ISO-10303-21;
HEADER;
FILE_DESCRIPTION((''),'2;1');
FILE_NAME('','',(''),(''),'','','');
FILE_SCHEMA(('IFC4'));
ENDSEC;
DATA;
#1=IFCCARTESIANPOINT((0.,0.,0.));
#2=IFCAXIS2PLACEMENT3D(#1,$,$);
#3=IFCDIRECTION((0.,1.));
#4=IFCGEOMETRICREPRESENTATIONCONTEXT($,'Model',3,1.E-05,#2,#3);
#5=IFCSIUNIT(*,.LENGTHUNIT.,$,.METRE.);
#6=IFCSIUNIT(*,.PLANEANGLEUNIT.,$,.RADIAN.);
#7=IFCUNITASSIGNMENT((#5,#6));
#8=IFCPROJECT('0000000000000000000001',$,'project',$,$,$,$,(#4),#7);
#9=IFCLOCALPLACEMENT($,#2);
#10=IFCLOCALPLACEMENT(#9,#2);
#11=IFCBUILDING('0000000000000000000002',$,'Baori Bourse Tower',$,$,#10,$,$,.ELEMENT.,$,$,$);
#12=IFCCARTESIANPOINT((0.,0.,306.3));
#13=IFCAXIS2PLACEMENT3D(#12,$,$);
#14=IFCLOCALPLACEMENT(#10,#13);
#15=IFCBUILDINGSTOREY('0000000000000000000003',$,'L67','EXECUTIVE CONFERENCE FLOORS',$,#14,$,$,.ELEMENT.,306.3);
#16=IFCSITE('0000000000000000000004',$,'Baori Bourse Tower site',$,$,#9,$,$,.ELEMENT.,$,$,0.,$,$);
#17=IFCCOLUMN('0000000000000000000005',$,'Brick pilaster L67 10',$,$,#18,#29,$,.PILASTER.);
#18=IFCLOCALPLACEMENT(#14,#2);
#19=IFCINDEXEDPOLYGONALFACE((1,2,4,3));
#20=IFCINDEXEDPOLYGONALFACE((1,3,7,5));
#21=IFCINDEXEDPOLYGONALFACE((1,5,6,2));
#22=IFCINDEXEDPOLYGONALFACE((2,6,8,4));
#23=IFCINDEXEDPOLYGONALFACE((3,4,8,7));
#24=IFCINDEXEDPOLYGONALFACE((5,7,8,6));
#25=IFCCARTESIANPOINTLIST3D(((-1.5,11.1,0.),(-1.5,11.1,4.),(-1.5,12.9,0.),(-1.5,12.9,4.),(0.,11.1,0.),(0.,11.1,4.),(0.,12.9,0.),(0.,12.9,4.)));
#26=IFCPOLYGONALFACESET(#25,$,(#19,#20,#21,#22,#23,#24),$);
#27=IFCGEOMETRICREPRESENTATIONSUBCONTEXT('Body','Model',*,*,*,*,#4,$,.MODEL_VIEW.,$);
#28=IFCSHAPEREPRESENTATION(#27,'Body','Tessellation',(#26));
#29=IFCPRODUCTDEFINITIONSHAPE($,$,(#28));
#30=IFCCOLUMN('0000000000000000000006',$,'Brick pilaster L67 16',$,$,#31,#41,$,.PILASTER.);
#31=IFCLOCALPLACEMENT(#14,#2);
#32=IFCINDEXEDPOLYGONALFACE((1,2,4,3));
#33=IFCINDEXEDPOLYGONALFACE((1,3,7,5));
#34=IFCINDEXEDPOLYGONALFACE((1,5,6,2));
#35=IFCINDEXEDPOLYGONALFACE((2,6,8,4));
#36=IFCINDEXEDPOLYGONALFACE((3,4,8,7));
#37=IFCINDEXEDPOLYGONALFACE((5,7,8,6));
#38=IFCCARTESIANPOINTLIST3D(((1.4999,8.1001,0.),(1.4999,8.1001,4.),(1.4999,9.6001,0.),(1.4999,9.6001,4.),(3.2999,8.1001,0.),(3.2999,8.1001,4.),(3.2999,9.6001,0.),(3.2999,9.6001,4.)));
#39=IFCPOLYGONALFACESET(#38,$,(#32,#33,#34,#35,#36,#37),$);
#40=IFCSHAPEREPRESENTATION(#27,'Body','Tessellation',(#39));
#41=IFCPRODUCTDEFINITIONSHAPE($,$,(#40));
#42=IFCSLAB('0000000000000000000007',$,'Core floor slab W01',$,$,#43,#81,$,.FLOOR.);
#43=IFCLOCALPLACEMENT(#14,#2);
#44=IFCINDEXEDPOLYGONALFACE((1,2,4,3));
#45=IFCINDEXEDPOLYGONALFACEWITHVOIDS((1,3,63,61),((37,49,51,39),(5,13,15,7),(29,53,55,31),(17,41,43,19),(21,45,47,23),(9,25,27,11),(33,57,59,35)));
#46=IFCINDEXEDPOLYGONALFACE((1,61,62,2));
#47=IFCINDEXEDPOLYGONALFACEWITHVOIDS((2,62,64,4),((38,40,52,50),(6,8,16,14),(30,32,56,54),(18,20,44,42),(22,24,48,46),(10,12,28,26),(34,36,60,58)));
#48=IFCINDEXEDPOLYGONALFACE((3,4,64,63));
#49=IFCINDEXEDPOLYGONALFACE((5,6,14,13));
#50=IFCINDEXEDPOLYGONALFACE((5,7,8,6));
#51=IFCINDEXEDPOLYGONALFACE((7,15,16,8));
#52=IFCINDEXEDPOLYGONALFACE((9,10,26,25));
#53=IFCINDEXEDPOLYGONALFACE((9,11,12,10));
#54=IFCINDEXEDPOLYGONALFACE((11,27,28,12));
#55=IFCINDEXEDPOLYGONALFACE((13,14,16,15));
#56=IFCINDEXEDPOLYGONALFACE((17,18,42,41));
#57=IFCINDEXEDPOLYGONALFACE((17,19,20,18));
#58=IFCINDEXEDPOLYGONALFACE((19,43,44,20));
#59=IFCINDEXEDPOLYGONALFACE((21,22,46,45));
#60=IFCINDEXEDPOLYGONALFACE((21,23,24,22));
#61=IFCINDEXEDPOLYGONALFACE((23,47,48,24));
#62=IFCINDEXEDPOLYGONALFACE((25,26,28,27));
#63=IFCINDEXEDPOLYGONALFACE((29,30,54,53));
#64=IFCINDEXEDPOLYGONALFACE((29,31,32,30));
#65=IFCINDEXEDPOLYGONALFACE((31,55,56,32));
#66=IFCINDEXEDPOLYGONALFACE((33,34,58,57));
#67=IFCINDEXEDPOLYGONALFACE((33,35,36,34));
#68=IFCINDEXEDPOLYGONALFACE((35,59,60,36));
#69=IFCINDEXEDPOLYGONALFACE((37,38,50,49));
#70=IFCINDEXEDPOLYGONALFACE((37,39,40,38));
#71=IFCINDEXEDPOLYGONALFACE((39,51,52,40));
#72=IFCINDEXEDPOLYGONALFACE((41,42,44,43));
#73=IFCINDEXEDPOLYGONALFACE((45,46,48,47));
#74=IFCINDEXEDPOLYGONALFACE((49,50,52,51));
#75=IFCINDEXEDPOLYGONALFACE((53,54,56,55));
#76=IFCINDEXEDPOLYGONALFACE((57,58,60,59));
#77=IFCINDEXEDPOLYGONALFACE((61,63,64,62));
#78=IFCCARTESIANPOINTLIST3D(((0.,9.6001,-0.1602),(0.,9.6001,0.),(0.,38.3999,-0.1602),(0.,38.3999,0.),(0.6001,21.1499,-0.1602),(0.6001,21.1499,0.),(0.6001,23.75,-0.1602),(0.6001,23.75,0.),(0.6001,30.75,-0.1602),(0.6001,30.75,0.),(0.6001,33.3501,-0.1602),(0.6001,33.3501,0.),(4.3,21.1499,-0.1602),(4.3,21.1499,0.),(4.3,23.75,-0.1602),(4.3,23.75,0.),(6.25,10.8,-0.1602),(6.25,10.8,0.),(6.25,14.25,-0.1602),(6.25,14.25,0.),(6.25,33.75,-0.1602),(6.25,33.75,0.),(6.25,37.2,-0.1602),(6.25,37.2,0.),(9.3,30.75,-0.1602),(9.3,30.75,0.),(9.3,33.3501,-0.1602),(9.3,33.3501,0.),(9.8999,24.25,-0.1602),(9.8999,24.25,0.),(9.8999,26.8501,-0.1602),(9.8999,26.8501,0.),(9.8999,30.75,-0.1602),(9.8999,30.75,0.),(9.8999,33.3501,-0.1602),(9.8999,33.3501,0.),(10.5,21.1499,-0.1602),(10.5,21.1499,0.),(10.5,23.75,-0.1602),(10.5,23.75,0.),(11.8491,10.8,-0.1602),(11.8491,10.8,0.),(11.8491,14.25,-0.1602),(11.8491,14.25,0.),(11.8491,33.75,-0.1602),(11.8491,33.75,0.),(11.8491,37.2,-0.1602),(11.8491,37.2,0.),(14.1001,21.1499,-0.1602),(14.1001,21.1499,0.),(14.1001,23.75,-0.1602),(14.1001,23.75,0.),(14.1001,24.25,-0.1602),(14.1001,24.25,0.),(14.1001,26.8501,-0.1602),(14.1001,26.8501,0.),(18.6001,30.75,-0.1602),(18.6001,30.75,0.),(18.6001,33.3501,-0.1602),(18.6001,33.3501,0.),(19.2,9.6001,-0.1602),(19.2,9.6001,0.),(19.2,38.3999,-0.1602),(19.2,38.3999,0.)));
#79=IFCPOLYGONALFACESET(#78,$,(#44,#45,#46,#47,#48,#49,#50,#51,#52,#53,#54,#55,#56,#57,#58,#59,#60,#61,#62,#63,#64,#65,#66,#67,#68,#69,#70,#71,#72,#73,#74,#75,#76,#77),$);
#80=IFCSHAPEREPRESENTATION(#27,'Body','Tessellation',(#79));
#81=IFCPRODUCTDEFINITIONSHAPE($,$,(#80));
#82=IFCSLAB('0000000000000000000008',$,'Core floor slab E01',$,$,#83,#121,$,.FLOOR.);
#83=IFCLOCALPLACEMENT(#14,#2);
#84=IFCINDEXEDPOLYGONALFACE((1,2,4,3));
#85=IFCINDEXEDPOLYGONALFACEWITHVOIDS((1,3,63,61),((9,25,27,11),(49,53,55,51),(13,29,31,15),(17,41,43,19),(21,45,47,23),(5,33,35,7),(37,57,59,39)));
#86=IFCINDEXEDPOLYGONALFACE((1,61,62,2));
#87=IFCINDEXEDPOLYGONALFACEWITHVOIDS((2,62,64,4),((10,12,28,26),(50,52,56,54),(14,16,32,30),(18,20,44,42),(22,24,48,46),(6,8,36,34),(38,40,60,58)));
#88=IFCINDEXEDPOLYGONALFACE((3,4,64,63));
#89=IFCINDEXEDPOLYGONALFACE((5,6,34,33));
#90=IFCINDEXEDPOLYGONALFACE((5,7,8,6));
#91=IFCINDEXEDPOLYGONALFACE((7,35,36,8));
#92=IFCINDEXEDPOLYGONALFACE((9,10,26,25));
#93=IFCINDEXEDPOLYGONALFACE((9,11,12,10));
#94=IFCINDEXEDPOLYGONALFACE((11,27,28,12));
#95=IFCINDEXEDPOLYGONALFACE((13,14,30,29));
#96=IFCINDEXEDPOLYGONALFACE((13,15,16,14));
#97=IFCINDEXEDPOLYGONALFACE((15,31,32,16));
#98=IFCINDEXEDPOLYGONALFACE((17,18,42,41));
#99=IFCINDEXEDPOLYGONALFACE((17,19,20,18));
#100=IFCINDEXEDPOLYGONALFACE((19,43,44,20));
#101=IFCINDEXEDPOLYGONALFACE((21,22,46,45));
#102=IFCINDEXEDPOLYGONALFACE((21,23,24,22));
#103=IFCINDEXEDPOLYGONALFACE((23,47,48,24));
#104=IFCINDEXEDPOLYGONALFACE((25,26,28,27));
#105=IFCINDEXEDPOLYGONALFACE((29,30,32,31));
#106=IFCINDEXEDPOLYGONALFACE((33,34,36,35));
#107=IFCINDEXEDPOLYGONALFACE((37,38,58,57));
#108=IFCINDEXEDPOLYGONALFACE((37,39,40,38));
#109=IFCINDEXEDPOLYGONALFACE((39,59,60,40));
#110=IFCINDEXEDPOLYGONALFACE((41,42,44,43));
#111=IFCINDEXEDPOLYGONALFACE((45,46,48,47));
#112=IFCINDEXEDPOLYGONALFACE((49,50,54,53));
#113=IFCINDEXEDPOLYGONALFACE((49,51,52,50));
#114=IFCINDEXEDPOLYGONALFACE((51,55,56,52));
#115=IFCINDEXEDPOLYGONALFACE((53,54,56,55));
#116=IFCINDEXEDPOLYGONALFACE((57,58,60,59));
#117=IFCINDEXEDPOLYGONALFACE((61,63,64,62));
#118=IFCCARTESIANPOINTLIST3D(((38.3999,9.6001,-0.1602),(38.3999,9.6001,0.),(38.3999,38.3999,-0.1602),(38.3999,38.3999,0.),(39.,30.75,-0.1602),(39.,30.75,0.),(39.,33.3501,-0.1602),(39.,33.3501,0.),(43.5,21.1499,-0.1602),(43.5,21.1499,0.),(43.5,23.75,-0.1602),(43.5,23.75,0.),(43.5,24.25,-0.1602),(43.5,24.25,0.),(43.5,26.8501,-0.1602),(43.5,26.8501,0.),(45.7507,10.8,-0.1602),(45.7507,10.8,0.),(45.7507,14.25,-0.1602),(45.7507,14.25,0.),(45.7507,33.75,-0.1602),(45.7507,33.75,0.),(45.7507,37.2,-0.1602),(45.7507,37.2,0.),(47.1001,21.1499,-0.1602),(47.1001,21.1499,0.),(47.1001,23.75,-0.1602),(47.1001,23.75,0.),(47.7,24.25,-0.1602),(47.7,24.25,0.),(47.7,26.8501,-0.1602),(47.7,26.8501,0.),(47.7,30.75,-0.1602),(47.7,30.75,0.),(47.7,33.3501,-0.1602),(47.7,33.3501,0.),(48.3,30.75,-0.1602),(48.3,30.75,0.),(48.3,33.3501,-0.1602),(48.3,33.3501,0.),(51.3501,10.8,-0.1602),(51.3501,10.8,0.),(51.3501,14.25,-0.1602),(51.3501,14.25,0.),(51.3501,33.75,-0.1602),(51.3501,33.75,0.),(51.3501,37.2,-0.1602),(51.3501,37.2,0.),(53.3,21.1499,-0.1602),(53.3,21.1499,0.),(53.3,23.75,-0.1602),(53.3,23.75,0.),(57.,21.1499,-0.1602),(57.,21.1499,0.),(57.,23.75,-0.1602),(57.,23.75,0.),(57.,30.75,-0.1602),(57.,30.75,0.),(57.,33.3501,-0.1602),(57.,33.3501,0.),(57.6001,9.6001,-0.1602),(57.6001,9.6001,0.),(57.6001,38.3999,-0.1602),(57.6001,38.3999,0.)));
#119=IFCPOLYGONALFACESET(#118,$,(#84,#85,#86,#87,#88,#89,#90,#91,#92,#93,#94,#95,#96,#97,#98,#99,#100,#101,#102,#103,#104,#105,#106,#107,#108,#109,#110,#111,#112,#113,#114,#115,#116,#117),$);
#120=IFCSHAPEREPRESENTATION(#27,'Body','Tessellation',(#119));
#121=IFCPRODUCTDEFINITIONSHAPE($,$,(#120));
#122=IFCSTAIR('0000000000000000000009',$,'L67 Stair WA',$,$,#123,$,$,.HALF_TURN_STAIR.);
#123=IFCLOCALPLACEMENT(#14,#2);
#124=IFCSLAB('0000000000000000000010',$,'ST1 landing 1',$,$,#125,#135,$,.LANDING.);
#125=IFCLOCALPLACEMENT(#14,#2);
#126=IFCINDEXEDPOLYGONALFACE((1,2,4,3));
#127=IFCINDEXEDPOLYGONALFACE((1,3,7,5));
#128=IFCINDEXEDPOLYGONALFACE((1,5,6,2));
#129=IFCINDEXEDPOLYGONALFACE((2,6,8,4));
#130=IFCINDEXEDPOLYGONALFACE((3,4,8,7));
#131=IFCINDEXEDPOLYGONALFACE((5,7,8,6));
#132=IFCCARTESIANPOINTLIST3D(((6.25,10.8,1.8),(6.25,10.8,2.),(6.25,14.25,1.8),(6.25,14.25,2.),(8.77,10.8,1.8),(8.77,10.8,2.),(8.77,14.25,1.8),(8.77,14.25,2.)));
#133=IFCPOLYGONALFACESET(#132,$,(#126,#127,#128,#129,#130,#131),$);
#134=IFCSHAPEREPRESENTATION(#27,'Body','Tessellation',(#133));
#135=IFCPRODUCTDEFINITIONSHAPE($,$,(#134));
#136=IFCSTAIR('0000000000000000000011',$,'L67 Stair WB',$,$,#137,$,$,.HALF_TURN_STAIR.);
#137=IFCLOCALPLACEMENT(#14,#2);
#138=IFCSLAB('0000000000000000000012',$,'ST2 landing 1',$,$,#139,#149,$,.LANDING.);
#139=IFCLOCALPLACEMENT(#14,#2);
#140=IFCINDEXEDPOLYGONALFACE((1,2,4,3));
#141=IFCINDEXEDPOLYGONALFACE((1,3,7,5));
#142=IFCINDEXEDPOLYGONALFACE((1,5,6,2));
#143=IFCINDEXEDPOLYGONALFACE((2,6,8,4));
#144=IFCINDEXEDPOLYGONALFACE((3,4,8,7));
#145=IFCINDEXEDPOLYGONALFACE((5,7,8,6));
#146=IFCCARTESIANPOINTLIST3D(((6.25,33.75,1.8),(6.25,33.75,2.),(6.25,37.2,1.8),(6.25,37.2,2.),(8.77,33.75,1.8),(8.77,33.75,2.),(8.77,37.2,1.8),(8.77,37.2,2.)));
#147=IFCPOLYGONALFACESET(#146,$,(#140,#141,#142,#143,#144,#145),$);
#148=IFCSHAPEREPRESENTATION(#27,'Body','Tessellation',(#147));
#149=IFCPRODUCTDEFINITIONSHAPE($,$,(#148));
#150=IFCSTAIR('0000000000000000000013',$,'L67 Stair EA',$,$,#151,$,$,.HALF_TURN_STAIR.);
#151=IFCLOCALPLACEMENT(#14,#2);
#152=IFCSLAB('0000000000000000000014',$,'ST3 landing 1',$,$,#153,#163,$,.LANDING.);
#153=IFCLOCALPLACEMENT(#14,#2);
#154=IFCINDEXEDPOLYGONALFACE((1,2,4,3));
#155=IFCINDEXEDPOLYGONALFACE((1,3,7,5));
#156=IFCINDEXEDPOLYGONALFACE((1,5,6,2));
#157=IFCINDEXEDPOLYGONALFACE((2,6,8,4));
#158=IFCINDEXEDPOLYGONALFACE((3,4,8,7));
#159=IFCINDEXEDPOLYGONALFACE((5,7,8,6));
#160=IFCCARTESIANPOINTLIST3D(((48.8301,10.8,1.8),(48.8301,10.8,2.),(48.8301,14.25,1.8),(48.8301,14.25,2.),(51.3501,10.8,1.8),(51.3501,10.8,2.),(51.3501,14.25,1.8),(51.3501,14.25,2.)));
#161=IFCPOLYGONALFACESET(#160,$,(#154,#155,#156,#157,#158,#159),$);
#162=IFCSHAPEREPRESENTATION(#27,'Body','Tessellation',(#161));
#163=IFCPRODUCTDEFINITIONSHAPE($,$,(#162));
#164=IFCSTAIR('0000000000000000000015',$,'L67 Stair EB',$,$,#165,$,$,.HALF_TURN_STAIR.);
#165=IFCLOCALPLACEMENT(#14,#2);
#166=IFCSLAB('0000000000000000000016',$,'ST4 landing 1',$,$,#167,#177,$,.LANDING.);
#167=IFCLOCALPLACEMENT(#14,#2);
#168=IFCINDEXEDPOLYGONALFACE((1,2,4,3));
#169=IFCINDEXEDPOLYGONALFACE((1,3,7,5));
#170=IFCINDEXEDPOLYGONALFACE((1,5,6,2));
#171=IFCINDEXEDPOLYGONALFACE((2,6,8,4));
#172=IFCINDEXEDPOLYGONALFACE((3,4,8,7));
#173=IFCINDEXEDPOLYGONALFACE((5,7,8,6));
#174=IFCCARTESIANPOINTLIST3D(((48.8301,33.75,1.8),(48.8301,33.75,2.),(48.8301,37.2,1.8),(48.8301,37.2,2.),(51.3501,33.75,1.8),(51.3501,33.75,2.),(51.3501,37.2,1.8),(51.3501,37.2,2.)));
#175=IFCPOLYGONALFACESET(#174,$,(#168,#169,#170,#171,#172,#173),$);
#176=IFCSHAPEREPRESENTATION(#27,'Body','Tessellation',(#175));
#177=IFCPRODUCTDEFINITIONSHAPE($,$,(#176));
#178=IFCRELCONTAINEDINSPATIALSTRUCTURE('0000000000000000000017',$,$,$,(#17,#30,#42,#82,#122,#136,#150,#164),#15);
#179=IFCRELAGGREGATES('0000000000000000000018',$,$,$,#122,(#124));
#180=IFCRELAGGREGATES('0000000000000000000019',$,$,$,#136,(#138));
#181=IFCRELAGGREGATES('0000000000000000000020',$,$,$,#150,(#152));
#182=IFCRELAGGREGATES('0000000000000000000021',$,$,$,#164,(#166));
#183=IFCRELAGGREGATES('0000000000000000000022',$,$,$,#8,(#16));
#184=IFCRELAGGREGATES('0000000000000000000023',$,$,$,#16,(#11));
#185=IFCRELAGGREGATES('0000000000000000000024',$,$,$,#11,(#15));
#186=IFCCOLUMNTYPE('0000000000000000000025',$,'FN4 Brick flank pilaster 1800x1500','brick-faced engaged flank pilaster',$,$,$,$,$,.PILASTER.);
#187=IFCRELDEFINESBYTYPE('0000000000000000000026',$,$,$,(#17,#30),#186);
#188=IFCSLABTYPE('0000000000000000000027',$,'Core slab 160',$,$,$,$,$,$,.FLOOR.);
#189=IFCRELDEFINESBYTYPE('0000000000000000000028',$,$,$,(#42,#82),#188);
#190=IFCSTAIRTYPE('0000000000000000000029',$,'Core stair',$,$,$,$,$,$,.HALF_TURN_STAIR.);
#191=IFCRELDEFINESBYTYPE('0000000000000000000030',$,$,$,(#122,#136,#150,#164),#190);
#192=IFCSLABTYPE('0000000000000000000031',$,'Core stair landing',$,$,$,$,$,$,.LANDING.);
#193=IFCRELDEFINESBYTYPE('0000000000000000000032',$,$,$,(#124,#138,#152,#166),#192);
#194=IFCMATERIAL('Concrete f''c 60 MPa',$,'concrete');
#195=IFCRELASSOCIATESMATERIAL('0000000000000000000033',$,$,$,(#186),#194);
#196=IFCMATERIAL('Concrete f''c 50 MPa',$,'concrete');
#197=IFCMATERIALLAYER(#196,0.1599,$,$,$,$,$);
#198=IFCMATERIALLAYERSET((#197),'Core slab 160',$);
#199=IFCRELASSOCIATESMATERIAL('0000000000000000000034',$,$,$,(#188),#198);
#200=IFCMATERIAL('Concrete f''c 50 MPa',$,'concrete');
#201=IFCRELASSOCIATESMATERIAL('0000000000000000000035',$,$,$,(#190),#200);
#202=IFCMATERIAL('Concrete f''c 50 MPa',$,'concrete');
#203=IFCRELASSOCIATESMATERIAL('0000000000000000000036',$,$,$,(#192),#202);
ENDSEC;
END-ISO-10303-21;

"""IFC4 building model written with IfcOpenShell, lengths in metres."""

from ifc_helpers import new_model, si_unit, direction, frame, origin, origin_2d, place, context, subcontext, project, spatial, polyline, rectangle, outline, extrude, material, layer, layer_set, material_profile, profile_set, type_object, element, aggregate, save


model = new_model("IFC4")

# Units and contexts
model_context = context("Model", 3, precision=1e-05, world=origin(), true_north=direction((0.0, 1.0)))
body_context = subcontext(model_context, "Body", "Model", "MODEL_VIEW")
ifc_project = project(units=[si_unit("LENGTHUNIT", "METRE"), si_unit("PLANEANGLEUNIT", "RADIAN")], contexts=[model_context])

# Site, building, storey
site_placement = place(None, origin())
site = spatial("IfcSite", under=ifc_project, at=site_placement, Name="Baori Bourse Tower site", CompositionType="ELEMENT", RefElevation=0.0)
building_placement = place(site_placement, origin())
building = spatial("IfcBuilding", under=site, at=building_placement, Name="Baori Bourse Tower", CompositionType="ELEMENT")
storey_placement = place(building_placement, frame((0.0, 0.0, 306.3)))
storey = spatial("IfcBuildingStorey", under=building, at=storey_placement, Name="L67", Description="EXECUTIVE CONFERENCE FLOORS", CompositionType="ELEMENT", Elevation=306.3)

# Columns
ifc_material_1 = material(Name="Concrete f'c 60 MPa", Category="concrete")
ifc_material_profile = material_profile(ifc_material_1, rectangle(XDim=1.8, YDim=1.5, at=origin_2d()), Name="RC 1800x1500")
ifc_profile_set = profile_set([ifc_material_profile], Name="Concrete f'c 60 MPa")
column_type = type_object("IfcColumnType", Name="FN4 Brick flank pilaster 1800x1500", Description="brick-faced engaged flank pilaster", PredefinedType="PILASTER", material=ifc_profile_set)
for number, where, z_axis, x_axis, name in (
    (1, (-0.75, 12.0, 0.0), (0.0, 0.0, 1.0), (0.0, 1.0, 0.0), "Brick pilaster L67 10"),
    (2, (2.3999, 8.8501, 0.0), (0.0, 0.0, 1.0), (1.0, 0.0, 0.0), "Brick pilaster L67 16"),
):
    element("IfcColumn", number, at=place(storey_placement, frame(where, z_axis=z_axis, x_axis=x_axis)), inside=storey, type_object=column_type, Name=name, PredefinedType="PILASTER", context=body_context, shape_type="SweptSolid", body=[
        extrude(rectangle(XDim=1.8, YDim=1.5, at=origin_2d()), origin(), (0.0, 0.0, 1.0), 4.0),
    ])

# Slabs
ifc_material_2 = material(Name="Concrete f'c 50 MPa", Category="concrete")
ifc_layer_1 = layer(ifc_material_2, 0.1599)
ifc_layer_set_1 = layer_set([ifc_layer_1], Name="Core slab 160")
slab_type_1 = type_object("IfcSlabType", Name="Core slab 160", PredefinedType="FLOOR", material=ifc_layer_set_1)
slab_1_placement = place(storey_placement, frame((0.0, 0.0, -0.1602)))
element("IfcSlab", 3, at=slab_1_placement, inside=storey, type_object=slab_type_1, Name="Core floor slab W01", PredefinedType="FLOOR", context=body_context, shape_type="SweptSolid", body=[
    extrude(outline(polyline([(19.2, 38.3999), (0.0, 38.3999), (0.0, 9.6001), (19.2, 9.6001), (19.2, 38.3999)]), holes=[polyline([(9.8999, 33.3501), (18.6001, 33.3501), (18.6001, 30.75), (9.8999, 30.75), (9.8999, 33.3501)]), polyline([(10.5, 21.1499), (10.5, 23.75), (14.1001, 23.75), (14.1001, 21.1499), (10.5, 21.1499)]), polyline([(14.1001, 24.25), (9.8999, 24.25), (9.8999, 26.8501), (14.1001, 26.8501), (14.1001, 24.25)]), polyline([(6.25, 14.25), (11.8491, 14.25), (11.8491, 10.8), (6.25, 10.8), (6.25, 14.25)]), polyline([(11.8491, 37.2), (11.8491, 33.75), (6.25, 33.75), (6.25, 37.2), (11.8491, 37.2)]), polyline([(0.6001, 30.75), (0.6001, 33.3501), (9.3, 33.3501), (9.3, 30.75), (0.6001, 30.75)]), polyline([(4.3, 23.75), (4.3, 21.1499), (0.6001, 21.1499), (0.6001, 23.75), (4.3, 23.75)])]), origin(), (0.0, 0.0, 1.0), 0.1602),
])
slab_2_placement = place(storey_placement, frame((0.0, 0.0, -0.1602)))
element("IfcSlab", 4, at=slab_2_placement, inside=storey, type_object=slab_type_1, Name="Core floor slab E01", PredefinedType="FLOOR", context=body_context, shape_type="SweptSolid", body=[
    extrude(outline(polyline([(57.6001, 9.6001), (57.6001, 38.3999), (38.3999, 38.3999), (38.3999, 9.6001), (57.6001, 9.6001)]), holes=[polyline([(48.3, 33.3501), (57.0, 33.3501), (57.0, 30.75), (48.3, 30.75), (48.3, 33.3501)]), polyline([(57.0, 21.1499), (53.3, 21.1499), (53.3, 23.75), (57.0, 23.75), (57.0, 21.1499)]), polyline([(45.7507, 14.25), (51.3501, 14.25), (51.3501, 10.8), (45.7507, 10.8), (45.7507, 14.25)]), polyline([(51.3501, 37.2), (51.3501, 33.75), (45.7507, 33.75), (45.7507, 37.2), (51.3501, 37.2)]), polyline([(43.5, 24.25), (43.5, 26.8501), (47.7, 26.8501), (47.7, 24.25), (43.5, 24.25)]), polyline([(47.7, 33.3501), (47.7, 30.75), (39.0, 30.75), (39.0, 33.3501), (47.7, 33.3501)]), polyline([(43.5, 23.75), (47.1001, 23.75), (47.1001, 21.1499), (43.5, 21.1499), (43.5, 23.75)])]), origin(), (0.0, 0.0, 1.0), 0.1602),
])

# Stairs, slabs
ifc_material_3 = material(Name="Concrete f'c 50 MPa", Category="concrete")
stair_type = type_object("IfcStairType", Name="Core stair", PredefinedType="HALF_TURN_STAIR", material=ifc_material_3)
stair_1_placement = place(storey_placement, origin())
stair_1 = element("IfcStair", 5, at=stair_1_placement, inside=storey, type_object=stair_type, Name="L67 Stair WA", PredefinedType="HALF_TURN_STAIR")
ifc_material_4 = material(Name="Concrete f'c 50 MPa", Category="concrete")
slab_type_2 = type_object("IfcSlabType", Name="Core stair landing", PredefinedType="LANDING", material=ifc_material_4)
slab_3_placement = place(storey_placement, frame((0.0, 0.0, 1.8)))
slab_3 = element("IfcSlab", 6, at=slab_3_placement, type_object=slab_type_2, Name="ST1 landing 1", PredefinedType="LANDING", context=body_context, shape_type="SweptSolid", body=[
    extrude(outline(polyline([(8.77, 14.25), (6.25, 14.25), (6.25, 10.8), (8.77, 10.8), (8.77, 14.25)])), origin(), (0.0, 0.0, 1.0), 0.2),
])
aggregate(stair_1, [slab_3])
stair_2_placement = place(storey_placement, origin())
stair_2 = element("IfcStair", 7, at=stair_2_placement, inside=storey, type_object=stair_type, Name="L67 Stair WB", PredefinedType="HALF_TURN_STAIR")
slab_4_placement = place(storey_placement, frame((0.0, 0.0, 1.8)))
slab_4 = element("IfcSlab", 8, at=slab_4_placement, type_object=slab_type_2, Name="ST2 landing 1", PredefinedType="LANDING", context=body_context, shape_type="SweptSolid", body=[
    extrude(outline(polyline([(8.77, 37.2), (6.25, 37.2), (6.25, 33.75), (8.77, 33.75), (8.77, 37.2)])), origin(), (0.0, 0.0, 1.0), 0.2),
])
aggregate(stair_2, [slab_4])
stair_3_placement = place(storey_placement, origin())
stair_3 = element("IfcStair", 9, at=stair_3_placement, inside=storey, type_object=stair_type, Name="L67 Stair EA", PredefinedType="HALF_TURN_STAIR")
slab_5_placement = place(storey_placement, frame((0.0, 0.0, 1.8)))
slab_5 = element("IfcSlab", 10, at=slab_5_placement, type_object=slab_type_2, Name="ST3 landing 1", PredefinedType="LANDING", context=body_context, shape_type="SweptSolid", body=[
    extrude(outline(polyline([(48.8301, 10.8), (51.3501, 10.8), (51.3501, 14.25), (48.8301, 14.25), (48.8301, 10.8)])), origin(), (0.0, 0.0, 1.0), 0.2),
])
aggregate(stair_3, [slab_5])
stair_4_placement = place(storey_placement, origin())
stair_4 = element("IfcStair", 11, at=stair_4_placement, inside=storey, type_object=stair_type, Name="L67 Stair EB", PredefinedType="HALF_TURN_STAIR")
slab_6_placement = place(storey_placement, frame((0.0, 0.0, 1.8)))
slab_6 = element("IfcSlab", 12, at=slab_6_placement, type_object=slab_type_2, Name="ST4 landing 1", PredefinedType="LANDING", context=body_context, shape_type="SweptSolid", body=[
    extrude(outline(polyline([(48.8301, 33.75), (51.3501, 33.75), (51.3501, 37.2), (48.8301, 37.2), (48.8301, 33.75)])), origin(), (0.0, 0.0, 1.0), 0.2),
])
aggregate(stair_4, [slab_6])

save(model, "model.ifc")
